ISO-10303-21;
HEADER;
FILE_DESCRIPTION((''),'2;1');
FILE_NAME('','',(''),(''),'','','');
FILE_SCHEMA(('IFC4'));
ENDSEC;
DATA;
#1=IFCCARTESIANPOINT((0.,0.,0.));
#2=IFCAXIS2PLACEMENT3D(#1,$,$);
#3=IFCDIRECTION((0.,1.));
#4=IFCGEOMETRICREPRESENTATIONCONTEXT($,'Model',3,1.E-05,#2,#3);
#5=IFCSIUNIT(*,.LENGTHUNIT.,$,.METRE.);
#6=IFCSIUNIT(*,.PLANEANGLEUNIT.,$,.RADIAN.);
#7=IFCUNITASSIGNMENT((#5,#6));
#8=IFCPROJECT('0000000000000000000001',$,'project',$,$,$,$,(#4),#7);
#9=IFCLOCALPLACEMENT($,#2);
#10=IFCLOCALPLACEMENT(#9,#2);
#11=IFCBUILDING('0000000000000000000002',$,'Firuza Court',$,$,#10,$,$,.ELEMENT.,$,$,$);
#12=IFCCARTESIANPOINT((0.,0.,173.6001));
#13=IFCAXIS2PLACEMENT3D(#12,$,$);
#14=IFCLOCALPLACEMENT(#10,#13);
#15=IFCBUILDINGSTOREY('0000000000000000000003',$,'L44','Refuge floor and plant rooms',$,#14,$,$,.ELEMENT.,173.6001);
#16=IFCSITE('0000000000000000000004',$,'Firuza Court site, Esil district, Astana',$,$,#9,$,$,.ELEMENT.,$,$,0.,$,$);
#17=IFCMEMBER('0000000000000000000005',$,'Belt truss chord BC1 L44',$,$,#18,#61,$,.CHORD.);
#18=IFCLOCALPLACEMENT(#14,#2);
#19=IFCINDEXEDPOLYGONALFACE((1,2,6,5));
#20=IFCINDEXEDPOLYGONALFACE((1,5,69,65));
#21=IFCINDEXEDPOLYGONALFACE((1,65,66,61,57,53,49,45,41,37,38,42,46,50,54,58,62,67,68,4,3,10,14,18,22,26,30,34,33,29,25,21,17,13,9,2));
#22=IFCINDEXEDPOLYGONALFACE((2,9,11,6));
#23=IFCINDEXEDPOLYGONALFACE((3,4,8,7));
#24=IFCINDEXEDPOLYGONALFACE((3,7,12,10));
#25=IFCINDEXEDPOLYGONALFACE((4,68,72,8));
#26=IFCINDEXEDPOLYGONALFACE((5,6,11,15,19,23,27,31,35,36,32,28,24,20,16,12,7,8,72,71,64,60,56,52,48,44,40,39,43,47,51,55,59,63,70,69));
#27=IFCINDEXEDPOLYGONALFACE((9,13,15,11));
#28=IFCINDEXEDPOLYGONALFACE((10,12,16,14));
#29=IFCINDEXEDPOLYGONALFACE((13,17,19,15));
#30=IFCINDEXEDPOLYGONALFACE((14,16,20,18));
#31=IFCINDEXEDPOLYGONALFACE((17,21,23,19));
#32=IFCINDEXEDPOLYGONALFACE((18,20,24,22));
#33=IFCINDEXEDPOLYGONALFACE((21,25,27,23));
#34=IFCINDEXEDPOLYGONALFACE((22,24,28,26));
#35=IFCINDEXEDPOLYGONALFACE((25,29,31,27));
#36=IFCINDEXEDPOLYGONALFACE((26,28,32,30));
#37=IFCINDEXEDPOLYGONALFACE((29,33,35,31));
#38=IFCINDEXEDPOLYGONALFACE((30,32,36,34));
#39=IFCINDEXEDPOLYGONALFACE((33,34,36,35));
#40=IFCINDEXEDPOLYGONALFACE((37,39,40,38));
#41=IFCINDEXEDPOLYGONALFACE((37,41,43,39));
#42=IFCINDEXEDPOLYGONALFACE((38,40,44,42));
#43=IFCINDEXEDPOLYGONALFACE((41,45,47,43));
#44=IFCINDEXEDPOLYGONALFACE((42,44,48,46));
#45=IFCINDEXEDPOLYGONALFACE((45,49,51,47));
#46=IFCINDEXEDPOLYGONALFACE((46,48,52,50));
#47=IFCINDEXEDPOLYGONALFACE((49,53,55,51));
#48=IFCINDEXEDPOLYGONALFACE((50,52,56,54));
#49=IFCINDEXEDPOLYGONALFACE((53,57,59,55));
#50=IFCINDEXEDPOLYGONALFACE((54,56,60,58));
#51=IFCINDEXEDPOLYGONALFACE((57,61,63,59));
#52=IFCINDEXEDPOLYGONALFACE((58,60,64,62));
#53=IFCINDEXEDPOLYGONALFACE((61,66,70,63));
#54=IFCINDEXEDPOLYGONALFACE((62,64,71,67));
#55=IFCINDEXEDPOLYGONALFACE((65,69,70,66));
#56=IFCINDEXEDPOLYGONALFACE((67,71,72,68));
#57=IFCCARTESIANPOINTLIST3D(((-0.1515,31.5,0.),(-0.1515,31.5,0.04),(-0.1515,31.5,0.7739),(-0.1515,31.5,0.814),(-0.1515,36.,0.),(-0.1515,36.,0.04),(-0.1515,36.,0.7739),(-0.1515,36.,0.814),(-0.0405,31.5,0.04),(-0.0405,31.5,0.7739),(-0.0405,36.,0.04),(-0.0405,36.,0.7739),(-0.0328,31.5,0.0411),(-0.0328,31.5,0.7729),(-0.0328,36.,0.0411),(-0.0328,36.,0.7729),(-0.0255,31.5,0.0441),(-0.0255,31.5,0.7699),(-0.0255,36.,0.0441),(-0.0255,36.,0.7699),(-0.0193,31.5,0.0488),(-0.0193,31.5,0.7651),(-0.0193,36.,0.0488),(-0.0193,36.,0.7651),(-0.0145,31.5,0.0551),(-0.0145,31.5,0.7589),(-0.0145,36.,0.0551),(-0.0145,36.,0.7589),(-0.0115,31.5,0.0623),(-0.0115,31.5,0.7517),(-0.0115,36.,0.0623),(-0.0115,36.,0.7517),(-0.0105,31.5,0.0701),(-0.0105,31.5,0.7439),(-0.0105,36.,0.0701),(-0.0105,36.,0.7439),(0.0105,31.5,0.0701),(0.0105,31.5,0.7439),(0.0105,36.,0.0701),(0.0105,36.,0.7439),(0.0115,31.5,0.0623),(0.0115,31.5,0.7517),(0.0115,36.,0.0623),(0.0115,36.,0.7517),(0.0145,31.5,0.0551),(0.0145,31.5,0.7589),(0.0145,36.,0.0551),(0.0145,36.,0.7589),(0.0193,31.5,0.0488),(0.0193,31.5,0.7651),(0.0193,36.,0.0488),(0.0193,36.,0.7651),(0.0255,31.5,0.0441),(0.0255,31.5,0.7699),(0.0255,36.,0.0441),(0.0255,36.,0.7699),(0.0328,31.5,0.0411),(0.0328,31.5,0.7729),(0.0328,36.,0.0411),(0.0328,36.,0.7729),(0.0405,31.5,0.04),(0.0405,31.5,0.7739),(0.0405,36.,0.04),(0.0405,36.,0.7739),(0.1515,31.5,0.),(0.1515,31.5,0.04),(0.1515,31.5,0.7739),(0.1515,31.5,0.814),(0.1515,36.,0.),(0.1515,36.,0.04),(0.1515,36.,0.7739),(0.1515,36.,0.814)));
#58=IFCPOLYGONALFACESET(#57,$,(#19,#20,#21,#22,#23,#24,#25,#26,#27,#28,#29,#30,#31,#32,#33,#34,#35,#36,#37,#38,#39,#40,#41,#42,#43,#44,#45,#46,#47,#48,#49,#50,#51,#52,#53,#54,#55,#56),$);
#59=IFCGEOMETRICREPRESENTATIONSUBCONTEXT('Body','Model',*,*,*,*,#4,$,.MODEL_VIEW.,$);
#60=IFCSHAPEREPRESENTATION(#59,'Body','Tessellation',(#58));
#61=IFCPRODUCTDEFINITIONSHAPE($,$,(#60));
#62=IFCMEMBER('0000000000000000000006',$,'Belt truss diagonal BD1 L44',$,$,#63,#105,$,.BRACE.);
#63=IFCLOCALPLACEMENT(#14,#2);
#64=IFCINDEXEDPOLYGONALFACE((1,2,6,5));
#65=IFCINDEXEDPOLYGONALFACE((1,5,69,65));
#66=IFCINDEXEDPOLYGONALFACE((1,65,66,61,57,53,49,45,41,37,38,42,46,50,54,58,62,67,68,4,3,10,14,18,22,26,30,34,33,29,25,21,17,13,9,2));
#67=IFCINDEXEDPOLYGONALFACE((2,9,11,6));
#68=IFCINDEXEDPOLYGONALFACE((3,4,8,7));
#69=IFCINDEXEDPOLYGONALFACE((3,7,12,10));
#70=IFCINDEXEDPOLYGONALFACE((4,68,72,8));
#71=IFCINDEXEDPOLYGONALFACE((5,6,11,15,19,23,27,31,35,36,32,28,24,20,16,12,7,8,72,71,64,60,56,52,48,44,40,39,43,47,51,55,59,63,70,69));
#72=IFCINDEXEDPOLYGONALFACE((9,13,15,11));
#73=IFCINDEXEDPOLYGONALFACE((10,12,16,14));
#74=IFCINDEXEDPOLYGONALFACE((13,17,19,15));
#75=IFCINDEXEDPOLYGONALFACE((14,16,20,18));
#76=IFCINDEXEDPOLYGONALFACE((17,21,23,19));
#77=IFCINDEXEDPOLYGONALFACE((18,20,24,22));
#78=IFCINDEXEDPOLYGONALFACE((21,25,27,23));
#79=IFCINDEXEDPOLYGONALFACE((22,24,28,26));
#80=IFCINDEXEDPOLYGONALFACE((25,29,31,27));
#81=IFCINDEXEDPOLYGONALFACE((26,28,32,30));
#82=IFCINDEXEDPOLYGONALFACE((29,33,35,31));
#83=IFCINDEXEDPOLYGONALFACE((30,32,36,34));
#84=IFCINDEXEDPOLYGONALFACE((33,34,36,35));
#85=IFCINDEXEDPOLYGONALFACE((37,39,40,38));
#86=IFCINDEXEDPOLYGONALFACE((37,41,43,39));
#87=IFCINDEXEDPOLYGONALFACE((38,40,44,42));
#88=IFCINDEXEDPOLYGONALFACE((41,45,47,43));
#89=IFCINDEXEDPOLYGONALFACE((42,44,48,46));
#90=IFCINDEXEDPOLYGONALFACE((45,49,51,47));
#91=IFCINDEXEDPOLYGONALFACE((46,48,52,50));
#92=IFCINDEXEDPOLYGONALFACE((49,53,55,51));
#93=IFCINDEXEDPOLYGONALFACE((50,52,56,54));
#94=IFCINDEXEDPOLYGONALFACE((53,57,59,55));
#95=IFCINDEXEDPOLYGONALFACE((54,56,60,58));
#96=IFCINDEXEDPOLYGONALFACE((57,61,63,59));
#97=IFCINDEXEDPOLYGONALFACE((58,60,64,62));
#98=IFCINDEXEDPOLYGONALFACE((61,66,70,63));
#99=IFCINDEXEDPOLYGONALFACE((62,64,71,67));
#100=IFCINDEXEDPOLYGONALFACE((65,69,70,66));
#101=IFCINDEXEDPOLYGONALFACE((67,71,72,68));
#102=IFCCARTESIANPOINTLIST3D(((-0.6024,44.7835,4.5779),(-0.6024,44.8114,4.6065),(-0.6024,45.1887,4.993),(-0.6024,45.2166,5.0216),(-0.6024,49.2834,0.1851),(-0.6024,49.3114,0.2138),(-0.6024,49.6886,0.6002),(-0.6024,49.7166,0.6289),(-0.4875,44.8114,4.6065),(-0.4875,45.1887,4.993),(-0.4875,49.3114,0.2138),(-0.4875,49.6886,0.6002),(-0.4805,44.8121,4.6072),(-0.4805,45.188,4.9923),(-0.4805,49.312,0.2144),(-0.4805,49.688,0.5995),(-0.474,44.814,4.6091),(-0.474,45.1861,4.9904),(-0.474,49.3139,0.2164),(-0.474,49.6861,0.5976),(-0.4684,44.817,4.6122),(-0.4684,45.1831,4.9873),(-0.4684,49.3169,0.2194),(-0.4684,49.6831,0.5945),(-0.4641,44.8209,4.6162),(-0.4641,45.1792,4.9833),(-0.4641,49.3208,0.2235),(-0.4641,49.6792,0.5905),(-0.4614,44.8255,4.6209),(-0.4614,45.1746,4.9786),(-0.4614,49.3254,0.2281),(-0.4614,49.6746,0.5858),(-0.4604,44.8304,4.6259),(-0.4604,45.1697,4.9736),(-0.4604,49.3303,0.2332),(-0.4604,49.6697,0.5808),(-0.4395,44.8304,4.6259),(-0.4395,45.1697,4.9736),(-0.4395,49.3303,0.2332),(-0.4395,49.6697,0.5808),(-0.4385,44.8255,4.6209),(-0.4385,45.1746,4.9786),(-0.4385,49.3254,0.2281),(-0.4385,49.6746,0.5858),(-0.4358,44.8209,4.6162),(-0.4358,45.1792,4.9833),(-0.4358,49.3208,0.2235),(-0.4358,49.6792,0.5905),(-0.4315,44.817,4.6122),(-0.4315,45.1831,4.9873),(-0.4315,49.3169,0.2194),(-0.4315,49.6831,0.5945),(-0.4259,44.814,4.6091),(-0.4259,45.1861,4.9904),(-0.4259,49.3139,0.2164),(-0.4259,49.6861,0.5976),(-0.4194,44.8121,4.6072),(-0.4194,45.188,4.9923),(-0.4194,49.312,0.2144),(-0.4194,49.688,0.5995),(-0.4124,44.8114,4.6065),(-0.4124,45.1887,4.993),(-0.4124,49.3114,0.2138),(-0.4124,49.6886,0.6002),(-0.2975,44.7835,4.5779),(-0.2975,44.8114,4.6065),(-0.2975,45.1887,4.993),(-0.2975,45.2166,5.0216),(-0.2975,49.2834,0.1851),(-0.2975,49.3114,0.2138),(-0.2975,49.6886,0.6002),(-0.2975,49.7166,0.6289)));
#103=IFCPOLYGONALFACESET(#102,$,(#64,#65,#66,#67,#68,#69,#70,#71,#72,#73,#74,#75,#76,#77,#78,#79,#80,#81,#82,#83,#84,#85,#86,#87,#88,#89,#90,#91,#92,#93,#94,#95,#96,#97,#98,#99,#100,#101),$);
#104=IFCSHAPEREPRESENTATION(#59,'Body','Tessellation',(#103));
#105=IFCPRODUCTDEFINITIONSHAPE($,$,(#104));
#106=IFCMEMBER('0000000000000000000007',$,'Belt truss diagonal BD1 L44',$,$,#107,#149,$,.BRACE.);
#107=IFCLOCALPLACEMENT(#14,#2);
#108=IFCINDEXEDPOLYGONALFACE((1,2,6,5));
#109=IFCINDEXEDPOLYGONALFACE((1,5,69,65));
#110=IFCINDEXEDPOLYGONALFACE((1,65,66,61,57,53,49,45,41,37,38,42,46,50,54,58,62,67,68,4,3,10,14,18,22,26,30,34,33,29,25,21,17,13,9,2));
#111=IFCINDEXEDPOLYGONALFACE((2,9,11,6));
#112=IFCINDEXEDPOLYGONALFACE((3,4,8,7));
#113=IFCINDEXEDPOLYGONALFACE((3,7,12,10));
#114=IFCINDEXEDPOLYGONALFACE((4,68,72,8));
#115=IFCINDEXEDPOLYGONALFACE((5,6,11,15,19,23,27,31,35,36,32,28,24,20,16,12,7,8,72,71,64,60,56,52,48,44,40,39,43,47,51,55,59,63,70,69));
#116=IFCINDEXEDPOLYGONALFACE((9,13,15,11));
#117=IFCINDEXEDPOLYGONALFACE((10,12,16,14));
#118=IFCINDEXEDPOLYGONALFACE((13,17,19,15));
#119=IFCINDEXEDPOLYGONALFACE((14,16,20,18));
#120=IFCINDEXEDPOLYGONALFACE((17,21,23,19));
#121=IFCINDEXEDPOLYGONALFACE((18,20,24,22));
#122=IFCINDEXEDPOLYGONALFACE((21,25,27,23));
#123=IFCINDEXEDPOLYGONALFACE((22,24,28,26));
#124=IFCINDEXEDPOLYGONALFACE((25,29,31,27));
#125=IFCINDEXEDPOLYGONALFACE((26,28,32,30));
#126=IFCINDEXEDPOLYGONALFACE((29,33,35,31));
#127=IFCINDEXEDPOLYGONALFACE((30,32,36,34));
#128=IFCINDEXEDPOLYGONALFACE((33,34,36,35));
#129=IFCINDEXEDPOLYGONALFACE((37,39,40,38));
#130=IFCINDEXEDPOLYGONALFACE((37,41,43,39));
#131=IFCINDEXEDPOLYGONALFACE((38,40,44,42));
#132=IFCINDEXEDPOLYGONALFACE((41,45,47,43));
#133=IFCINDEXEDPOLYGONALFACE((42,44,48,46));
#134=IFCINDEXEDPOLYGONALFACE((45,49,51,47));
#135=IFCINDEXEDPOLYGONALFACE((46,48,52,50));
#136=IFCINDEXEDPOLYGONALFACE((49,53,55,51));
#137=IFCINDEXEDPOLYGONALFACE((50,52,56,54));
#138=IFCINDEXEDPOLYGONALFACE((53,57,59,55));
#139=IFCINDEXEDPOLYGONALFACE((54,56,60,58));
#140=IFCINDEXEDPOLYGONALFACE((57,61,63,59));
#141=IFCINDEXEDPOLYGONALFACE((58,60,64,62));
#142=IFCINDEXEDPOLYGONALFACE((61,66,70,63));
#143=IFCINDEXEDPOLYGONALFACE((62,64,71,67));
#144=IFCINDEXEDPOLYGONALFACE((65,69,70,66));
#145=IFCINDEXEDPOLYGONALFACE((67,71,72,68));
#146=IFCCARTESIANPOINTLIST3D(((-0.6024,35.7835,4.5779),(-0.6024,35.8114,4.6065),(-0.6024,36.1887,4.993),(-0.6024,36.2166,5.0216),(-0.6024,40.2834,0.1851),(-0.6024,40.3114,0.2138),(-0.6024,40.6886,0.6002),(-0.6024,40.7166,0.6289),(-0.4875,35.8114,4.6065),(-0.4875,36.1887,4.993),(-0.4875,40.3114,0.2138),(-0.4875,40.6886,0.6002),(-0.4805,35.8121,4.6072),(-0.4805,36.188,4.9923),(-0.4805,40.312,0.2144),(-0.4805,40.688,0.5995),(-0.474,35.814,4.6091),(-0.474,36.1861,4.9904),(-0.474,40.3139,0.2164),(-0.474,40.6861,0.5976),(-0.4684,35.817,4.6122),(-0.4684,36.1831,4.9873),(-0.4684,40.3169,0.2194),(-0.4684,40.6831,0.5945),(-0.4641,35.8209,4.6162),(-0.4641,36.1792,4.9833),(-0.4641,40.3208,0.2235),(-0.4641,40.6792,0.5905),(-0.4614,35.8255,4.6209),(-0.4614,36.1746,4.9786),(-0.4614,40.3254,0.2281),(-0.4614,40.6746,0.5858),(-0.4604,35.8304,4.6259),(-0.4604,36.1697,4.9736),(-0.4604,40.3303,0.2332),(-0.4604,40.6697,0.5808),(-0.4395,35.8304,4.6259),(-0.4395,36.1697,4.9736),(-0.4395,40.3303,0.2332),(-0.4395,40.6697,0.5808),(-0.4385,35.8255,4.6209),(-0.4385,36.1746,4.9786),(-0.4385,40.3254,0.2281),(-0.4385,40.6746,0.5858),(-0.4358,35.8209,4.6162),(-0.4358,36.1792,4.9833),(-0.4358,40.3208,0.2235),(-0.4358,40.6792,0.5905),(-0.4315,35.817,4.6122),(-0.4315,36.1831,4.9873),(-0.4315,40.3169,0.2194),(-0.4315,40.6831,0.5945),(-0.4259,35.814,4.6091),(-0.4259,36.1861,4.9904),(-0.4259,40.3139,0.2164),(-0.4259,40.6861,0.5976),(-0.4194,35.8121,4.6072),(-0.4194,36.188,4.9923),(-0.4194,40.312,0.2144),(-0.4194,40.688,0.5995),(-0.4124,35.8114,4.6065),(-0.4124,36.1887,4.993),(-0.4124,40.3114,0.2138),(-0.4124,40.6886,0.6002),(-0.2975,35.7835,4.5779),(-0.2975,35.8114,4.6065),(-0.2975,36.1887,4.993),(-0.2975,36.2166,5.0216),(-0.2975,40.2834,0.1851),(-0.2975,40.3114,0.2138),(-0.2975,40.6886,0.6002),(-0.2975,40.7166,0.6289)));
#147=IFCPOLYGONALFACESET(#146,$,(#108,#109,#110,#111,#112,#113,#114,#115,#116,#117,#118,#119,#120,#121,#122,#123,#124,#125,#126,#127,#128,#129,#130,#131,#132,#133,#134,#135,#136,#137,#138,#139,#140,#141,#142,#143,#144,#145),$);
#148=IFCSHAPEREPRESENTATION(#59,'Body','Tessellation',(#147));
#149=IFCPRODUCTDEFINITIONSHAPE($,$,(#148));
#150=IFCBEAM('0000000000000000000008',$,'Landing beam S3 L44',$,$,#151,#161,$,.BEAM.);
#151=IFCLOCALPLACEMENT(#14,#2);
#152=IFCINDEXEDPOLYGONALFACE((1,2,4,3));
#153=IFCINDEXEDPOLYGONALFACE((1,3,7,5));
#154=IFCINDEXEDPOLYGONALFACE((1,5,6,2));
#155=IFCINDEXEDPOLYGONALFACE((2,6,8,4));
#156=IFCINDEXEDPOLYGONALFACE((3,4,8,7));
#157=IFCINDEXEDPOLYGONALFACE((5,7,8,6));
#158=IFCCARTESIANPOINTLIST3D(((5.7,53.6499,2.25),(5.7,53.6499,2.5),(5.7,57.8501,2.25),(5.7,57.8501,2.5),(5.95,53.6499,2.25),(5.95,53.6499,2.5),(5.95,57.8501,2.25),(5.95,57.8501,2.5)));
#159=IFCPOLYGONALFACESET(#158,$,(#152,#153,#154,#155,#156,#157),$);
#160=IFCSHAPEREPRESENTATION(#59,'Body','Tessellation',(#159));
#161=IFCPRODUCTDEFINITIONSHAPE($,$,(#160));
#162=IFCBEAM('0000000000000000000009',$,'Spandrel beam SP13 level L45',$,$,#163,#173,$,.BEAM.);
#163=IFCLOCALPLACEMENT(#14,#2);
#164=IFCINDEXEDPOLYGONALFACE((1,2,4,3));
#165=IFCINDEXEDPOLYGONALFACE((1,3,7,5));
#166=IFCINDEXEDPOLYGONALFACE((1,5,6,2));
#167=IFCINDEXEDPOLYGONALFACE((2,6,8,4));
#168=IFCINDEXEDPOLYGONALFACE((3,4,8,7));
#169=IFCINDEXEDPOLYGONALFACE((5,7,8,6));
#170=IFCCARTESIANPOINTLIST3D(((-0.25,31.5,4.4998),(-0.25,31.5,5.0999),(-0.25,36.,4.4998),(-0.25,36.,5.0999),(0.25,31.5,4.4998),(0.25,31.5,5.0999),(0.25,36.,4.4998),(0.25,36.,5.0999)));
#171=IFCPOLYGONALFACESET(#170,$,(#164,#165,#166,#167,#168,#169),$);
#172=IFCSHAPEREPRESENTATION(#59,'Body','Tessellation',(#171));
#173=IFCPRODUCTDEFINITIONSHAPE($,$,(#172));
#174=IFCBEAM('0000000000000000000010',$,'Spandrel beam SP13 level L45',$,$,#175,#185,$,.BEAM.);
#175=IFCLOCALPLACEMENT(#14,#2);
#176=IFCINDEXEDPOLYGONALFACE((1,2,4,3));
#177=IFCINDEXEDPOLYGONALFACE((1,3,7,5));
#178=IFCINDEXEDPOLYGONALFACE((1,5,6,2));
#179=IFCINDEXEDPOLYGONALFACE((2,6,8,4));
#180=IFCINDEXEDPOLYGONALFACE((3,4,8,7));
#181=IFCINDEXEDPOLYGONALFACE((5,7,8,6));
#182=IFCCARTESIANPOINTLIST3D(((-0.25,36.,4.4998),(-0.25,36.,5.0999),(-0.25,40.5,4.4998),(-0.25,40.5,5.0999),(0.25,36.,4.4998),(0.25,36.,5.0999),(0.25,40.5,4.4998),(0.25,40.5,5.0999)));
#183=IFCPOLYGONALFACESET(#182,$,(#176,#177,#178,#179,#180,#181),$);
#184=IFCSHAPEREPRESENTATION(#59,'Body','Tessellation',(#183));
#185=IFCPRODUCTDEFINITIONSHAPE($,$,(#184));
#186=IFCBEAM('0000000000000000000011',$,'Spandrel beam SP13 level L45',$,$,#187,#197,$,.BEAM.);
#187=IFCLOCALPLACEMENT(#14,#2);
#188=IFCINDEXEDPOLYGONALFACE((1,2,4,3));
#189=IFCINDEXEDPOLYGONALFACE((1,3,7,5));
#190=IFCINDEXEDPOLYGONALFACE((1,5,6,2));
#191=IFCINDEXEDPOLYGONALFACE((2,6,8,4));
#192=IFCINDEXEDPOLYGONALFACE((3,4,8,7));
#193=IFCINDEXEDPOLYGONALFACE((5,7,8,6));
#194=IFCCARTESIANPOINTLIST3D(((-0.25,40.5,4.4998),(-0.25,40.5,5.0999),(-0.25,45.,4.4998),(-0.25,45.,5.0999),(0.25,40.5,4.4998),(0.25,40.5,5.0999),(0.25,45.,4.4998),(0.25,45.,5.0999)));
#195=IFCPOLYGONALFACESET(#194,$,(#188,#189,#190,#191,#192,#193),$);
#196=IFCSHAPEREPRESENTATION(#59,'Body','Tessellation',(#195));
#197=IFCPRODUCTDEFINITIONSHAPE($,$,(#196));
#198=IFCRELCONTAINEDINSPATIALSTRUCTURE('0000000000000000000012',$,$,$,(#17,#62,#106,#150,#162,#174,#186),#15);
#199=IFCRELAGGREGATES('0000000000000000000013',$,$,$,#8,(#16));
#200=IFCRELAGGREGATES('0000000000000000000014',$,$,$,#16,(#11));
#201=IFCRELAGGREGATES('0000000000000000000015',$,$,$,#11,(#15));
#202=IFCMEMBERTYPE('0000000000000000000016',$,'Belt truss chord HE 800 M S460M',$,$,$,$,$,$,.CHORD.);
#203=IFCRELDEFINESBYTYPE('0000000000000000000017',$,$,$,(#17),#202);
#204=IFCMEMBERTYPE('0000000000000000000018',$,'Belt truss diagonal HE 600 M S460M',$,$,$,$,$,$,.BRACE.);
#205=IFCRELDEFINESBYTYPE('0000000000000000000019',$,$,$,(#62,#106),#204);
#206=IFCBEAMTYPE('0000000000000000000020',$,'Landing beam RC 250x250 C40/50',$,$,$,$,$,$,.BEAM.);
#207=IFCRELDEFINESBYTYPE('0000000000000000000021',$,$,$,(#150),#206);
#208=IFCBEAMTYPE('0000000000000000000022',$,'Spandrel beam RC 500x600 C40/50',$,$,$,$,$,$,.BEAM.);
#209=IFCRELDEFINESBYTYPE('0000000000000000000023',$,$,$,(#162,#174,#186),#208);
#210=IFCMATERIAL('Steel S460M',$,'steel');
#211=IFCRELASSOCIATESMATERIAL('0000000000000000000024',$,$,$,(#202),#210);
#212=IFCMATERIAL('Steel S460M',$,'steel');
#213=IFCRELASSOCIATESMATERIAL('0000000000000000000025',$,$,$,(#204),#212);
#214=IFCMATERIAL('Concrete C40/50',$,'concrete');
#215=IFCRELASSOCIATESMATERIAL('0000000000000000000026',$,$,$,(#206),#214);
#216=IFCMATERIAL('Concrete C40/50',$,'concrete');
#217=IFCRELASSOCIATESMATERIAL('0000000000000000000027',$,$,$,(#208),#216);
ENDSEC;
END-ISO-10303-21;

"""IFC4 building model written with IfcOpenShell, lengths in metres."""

from ifc_helpers import new_model, si_unit, direction, frame, origin, origin_2d, place, context, subcontext, project, spatial, rectangle, i_section, extrude, material, material_profile, profile_set, type_object, element, save


model = new_model("IFC4")

# Units and contexts
model_context = context("Model", 3, precision=1e-05, world=origin(), true_north=direction((0.0, 1.0)))
body_context = subcontext(model_context, "Body", "Model", "MODEL_VIEW")
ifc_project = project(units=[si_unit("LENGTHUNIT", "METRE"), si_unit("PLANEANGLEUNIT", "RADIAN")], contexts=[model_context])

# Site, building, storey
site_placement = place(None, origin())
site = spatial("IfcSite", under=ifc_project, at=site_placement, Name="Firuza Court site, Esil district, Astana", CompositionType="ELEMENT", RefElevation=0.0)
building_placement = place(site_placement, origin())
building = spatial("IfcBuilding", under=site, at=building_placement, Name="Firuza Court", CompositionType="ELEMENT")
storey_placement = place(building_placement, frame((0.0, 0.0, 173.6001)))
storey = spatial("IfcBuildingStorey", under=building, at=storey_placement, Name="L44", Description="Refuge floor and plant rooms", CompositionType="ELEMENT", Elevation=173.6001)

# Members
ifc_material_1 = material(Name="Steel S460M", Category="steel")
ifc_material_profile_1 = material_profile(ifc_material_1, i_section(OverallWidth=0.303, OverallDepth=0.814, WebThickness=0.021, FlangeThickness=0.04, FilletRadius=0.03, at=origin_2d()), Name="HE 800 M")
ifc_profile_set_1 = profile_set([ifc_material_profile_1], Name="Steel S460M")
member_type_1 = type_object("IfcMemberType", Name="Belt truss chord HE 800 M S460M", PredefinedType="CHORD", material=ifc_profile_set_1)
for number, where, z_axis, x_axis, name in (
    (1, (0.0, 36.0, 0.407), (0.0, -1.0, 0.0), (1.0, 0.0, 0.0), "Belt truss chord BC1 L44"),
):
    element("IfcMember", number, at=place(storey_placement, frame(where, z_axis=z_axis, x_axis=x_axis)), inside=storey, type_object=member_type_1, Name=name, PredefinedType="CHORD", context=body_context, shape_type="SweptSolid", body=[
        extrude(i_section(OverallWidth=0.303, OverallDepth=0.814, WebThickness=0.021, FlangeThickness=0.04, FilletRadius=0.03, at=origin_2d()), origin(), (0.0, 0.0, 1.0), 4.5),
    ])
ifc_material_2 = material(Name="Steel S460M", Category="steel")
ifc_material_profile_2 = material_profile(ifc_material_2, i_section(OverallWidth=0.3049, OverallDepth=0.6201, WebThickness=0.021, FlangeThickness=0.04, FilletRadius=0.0271, at=origin_2d()), Name="HE 600 M")
ifc_profile_set_2 = profile_set([ifc_material_profile_2], Name="Steel S460M")
member_type_2 = type_object("IfcMemberType", Name="Belt truss diagonal HE 600 M S460M", PredefinedType="BRACE", material=ifc_profile_set_2)
for number, where, z_axis, x_axis, name in (
    (2, (-0.45, 49.5, 0.407), (0.0, -0.715577, 0.698534), (1.0, 0.0, 0.0), "Belt truss diagonal BD1 L44"),
    (3, (-0.45, 40.5, 0.407), (0.0, -0.715577, 0.698534), (1.0, 0.0, 0.0), "Belt truss diagonal BD1 L44"),
):
    element("IfcMember", number, at=place(storey_placement, frame(where, z_axis=z_axis, x_axis=x_axis)), inside=storey, type_object=member_type_2, Name=name, PredefinedType="BRACE", context=body_context, shape_type="SweptSolid", body=[
        extrude(i_section(OverallWidth=0.3049, OverallDepth=0.6201, WebThickness=0.021, FlangeThickness=0.04, FilletRadius=0.0271, at=origin_2d()), origin(), (0.0, 0.0, 1.0), 6.2886),
    ])

# Beams
ifc_material_3 = material(Name="Concrete C40/50", Category="concrete")
ifc_material_profile_3 = material_profile(ifc_material_3, rectangle(XDim=0.25, YDim=0.25, at=origin_2d()), Name="RC 250x250")
ifc_profile_set_3 = profile_set([ifc_material_profile_3], Name="Concrete C40/50")
beam_type_1 = type_object("IfcBeamType", Name="Landing beam RC 250x250 C40/50", PredefinedType="BEAM", material=ifc_profile_set_3)
beam_placement = place(storey_placement, frame((5.825, 53.6499, 2.375), z_axis=(0.0, 1.0, 0.0), x_axis=(-1.0, 0.0, 0.0)))
element("IfcBeam", 4, at=beam_placement, inside=storey, type_object=beam_type_1, Name="Landing beam S3 L44", PredefinedType="BEAM", context=body_context, shape_type="SweptSolid", body=[
    extrude(rectangle(XDim=0.25, YDim=0.25, at=origin_2d()), origin(), (0.0, 0.0, 1.0), 4.2002),
])
ifc_material_4 = material(Name="Concrete C40/50", Category="concrete")
ifc_material_profile_4 = material_profile(ifc_material_4, rectangle(XDim=0.5, YDim=0.6001, at=origin_2d()), Name="RC 500x600")
ifc_profile_set_4 = profile_set([ifc_material_profile_4], Name="Concrete C40/50")
beam_type_2 = type_object("IfcBeamType", Name="Spandrel beam RC 500x600 C40/50", PredefinedType="BEAM", material=ifc_profile_set_4)
for number, where, z_axis, x_axis, name in (
    (5, (0.0, 36.0, 4.7998), (0.0, -1.0, 0.0), (1.0, 0.0, 0.0), "Spandrel beam SP13 level L45"),
    (6, (0.0, 40.5, 4.7998), (0.0, -1.0, 0.0), (1.0, 0.0, 0.0), "Spandrel beam SP13 level L45"),
    (7, (0.0, 45.0, 4.7998), (0.0, -1.0, 0.0), (1.0, 0.0, 0.0), "Spandrel beam SP13 level L45"),
):
    element("IfcBeam", number, at=place(storey_placement, frame(where, z_axis=z_axis, x_axis=x_axis)), inside=storey, type_object=beam_type_2, Name=name, PredefinedType="BEAM", context=body_context, shape_type="SweptSolid", body=[
        extrude(rectangle(XDim=0.5, YDim=0.6001, at=origin_2d()), origin(), (0.0, 0.0, 1.0), 4.5),
    ])

save(model, "model.ifc")
